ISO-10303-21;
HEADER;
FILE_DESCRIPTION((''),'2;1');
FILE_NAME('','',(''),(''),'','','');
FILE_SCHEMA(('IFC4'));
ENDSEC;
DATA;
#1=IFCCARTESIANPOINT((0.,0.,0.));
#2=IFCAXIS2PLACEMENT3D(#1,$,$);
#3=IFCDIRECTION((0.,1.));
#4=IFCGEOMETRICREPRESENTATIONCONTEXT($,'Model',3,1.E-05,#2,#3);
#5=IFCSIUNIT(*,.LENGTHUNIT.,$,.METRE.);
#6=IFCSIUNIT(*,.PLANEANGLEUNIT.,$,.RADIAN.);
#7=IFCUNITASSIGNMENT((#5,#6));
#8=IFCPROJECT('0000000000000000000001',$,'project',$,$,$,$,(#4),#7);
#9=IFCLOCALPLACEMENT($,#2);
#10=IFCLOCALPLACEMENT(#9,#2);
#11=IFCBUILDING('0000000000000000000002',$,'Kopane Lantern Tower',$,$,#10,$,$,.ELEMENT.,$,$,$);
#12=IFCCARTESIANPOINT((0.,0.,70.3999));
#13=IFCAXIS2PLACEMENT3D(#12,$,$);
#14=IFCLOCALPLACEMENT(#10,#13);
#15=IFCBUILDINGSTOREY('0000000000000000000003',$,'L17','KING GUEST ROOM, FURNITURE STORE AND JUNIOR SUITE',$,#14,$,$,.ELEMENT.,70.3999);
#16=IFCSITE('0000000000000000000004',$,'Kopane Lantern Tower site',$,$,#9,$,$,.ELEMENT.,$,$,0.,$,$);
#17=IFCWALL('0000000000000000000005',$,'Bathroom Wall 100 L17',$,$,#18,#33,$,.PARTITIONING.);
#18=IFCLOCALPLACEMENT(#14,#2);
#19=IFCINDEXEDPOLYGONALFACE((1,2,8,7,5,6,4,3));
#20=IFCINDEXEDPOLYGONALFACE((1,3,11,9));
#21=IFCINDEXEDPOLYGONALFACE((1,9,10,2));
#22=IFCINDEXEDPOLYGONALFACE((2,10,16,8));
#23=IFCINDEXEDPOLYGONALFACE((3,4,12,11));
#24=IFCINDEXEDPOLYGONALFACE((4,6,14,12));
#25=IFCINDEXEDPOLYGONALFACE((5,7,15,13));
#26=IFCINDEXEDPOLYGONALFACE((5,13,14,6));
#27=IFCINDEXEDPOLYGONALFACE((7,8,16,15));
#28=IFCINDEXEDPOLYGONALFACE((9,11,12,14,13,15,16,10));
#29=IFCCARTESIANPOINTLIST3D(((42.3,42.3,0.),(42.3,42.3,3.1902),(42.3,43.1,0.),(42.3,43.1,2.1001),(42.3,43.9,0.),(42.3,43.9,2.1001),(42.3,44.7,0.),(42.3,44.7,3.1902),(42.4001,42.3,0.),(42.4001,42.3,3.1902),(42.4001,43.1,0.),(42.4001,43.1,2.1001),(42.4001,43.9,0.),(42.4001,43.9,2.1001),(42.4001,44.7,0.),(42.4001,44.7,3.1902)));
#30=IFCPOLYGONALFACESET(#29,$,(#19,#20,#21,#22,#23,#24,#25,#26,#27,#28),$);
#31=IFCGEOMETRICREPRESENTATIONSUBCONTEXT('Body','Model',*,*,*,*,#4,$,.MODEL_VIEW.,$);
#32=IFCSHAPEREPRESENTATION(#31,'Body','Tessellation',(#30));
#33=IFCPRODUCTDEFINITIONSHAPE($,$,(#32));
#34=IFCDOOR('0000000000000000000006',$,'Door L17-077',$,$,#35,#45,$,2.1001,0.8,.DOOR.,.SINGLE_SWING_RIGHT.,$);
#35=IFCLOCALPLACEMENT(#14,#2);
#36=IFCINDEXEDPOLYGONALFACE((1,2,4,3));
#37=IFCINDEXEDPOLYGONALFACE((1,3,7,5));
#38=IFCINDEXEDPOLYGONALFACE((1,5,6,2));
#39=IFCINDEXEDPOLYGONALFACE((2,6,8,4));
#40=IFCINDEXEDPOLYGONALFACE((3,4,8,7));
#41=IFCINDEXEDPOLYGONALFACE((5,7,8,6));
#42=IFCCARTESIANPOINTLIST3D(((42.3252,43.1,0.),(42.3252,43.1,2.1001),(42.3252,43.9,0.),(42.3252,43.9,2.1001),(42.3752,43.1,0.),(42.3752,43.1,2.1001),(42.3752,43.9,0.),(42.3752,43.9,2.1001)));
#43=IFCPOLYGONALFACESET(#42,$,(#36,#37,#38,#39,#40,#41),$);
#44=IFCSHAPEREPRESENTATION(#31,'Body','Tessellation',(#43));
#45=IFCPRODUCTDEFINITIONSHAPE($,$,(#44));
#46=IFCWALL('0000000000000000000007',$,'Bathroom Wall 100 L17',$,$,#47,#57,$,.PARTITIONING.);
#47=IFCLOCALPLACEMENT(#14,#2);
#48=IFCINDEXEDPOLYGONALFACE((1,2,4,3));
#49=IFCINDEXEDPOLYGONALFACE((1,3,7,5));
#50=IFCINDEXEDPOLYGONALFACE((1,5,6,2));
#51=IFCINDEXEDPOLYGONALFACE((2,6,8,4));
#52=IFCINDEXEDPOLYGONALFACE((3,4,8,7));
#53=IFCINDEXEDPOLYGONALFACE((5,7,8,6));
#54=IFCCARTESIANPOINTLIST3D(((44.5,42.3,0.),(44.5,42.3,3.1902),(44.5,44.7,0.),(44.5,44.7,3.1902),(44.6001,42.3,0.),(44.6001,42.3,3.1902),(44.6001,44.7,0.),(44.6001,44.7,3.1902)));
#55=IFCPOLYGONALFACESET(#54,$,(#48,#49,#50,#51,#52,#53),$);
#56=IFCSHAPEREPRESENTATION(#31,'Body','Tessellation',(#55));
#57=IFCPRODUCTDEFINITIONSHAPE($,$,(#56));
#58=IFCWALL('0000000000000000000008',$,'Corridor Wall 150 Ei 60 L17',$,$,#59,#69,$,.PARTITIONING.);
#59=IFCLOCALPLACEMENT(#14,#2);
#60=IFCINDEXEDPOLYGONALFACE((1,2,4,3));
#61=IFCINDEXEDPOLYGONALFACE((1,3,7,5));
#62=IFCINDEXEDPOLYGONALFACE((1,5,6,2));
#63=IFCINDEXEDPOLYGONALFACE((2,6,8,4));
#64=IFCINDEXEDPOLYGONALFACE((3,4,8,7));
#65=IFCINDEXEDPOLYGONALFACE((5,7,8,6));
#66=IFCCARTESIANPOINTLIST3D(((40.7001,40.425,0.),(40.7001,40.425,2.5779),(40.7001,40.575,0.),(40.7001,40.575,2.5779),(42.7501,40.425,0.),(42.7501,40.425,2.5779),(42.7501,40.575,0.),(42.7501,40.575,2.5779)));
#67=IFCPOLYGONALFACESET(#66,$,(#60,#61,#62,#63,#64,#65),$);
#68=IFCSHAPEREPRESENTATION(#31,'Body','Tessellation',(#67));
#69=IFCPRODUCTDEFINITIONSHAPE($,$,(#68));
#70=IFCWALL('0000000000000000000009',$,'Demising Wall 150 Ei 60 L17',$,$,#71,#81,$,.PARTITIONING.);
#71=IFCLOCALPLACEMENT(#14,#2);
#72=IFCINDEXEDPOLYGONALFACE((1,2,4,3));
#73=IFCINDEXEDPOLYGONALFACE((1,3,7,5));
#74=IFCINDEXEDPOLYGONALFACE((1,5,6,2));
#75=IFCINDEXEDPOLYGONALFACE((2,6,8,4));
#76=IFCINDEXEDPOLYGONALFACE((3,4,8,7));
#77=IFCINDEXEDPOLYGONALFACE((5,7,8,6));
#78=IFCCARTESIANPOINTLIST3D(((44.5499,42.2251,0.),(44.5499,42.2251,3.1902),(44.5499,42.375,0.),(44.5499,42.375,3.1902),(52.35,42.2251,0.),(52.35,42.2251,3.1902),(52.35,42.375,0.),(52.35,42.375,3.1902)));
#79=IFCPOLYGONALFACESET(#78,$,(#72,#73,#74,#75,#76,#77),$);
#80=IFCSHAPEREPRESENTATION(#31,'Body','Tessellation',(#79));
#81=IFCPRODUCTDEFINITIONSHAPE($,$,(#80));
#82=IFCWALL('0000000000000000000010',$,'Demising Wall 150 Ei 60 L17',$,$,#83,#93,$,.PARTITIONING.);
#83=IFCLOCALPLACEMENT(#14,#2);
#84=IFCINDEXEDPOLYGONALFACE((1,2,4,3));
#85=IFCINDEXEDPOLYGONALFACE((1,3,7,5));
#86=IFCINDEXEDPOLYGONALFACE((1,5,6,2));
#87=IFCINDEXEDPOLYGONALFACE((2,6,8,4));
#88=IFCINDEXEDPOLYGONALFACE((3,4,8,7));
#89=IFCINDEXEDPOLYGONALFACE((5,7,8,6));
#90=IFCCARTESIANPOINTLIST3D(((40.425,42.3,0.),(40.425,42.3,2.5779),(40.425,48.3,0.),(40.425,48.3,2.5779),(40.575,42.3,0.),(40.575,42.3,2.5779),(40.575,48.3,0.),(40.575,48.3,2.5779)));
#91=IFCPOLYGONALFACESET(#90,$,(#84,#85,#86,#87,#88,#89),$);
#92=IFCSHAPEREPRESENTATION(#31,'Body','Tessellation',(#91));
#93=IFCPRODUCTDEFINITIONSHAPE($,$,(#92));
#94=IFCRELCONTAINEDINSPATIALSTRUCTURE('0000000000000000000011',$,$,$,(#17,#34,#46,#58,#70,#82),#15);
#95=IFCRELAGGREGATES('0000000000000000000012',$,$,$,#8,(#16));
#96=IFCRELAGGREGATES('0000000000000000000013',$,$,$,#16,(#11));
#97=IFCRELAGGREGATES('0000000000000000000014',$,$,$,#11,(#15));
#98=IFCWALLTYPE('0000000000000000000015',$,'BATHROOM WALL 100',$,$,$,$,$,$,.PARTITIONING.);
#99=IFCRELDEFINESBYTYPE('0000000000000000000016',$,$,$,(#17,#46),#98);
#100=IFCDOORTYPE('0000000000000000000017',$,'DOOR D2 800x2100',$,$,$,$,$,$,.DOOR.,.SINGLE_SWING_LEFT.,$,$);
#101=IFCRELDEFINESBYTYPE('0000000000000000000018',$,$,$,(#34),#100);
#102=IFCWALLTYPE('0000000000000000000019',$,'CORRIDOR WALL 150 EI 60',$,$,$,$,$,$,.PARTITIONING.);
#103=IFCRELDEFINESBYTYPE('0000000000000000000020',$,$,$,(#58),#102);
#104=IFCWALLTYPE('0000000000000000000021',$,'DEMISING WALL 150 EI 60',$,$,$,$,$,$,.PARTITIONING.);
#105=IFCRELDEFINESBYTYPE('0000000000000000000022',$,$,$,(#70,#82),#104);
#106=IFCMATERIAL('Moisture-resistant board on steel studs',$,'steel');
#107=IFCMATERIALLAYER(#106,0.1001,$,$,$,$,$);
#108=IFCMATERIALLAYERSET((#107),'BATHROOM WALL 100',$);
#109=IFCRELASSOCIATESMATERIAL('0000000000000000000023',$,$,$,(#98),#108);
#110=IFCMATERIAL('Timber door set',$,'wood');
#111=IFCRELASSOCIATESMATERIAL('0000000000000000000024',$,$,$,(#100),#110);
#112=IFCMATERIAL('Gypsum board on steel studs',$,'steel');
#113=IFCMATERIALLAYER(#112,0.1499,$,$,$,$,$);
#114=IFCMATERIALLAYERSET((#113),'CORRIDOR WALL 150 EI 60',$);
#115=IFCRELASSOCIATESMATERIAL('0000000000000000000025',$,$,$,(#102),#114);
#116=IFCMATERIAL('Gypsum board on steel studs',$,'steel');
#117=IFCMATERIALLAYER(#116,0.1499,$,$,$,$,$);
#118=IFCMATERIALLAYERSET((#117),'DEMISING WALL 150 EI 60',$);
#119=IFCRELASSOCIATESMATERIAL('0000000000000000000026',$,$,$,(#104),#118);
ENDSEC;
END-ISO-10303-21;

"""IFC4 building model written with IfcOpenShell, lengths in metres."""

from ifc_helpers import new_model, si_unit, direction, frame, frame_2d, origin, place, context, subcontext, project, spatial, rectangle, extrude, material, layer, layer_set, type_object, element, fill, save


model = new_model("IFC4")

# Units and contexts
model_context = context("Model", 3, precision=1e-05, world=origin(), true_north=direction((0.0, 1.0)))
body_context = subcontext(model_context, "Body", "Model", "MODEL_VIEW")
ifc_project = project(units=[si_unit("LENGTHUNIT", "METRE"), si_unit("PLANEANGLEUNIT", "RADIAN")], contexts=[model_context])

# Site, building, storey
site_placement = place(None, origin())
site = spatial("IfcSite", under=ifc_project, at=site_placement, Name="Kopane Lantern Tower site", CompositionType="ELEMENT", RefElevation=0.0)
building_placement = place(site_placement, origin())
building = spatial("IfcBuilding", under=site, at=building_placement, Name="Kopane Lantern Tower", CompositionType="ELEMENT")
storey_placement = place(building_placement, frame((0.0, 0.0, 70.3999)))
storey = spatial("IfcBuildingStorey", under=building, at=storey_placement, Name="L17", Description="KING GUEST ROOM, FURNITURE STORE AND JUNIOR SUITE", CompositionType="ELEMENT", Elevation=70.3999)

# Wall, opening, door
ifc_material_1 = material(Name="Moisture-resistant board on steel studs", Category="steel")
ifc_layer_1 = layer(ifc_material_1, 0.1001)
ifc_layer_set_1 = layer_set([ifc_layer_1], Name="BATHROOM WALL 100")
wall_type_1 = type_object("IfcWallType", Name="BATHROOM WALL 100", PredefinedType="PARTITIONING", material=ifc_layer_set_1)
wall_1_placement = place(storey_placement, frame((42.3501, 42.3, 0.0), z_axis=(0.0, 0.0, 1.0), x_axis=(0.0, 1.0, 0.0)))
wall_1 = element("IfcWall", 1, at=wall_1_placement, inside=storey, type_object=wall_type_1, Name="Bathroom Wall 100 L17", PredefinedType="PARTITIONING", context=body_context, shape_type="SweptSolid", body=[
    extrude(rectangle(XDim=2.3999, YDim=0.1001, at=frame_2d((1.2, 0.0))), origin(), (0.0, 0.0, 1.0), 3.1902),
])
opening_1_placement = place(wall_1_placement, frame((0.8, 0.0, 0.0)))
opening_1 = element("IfcOpeningElement", 2, at=opening_1_placement, cuts=wall_1, PredefinedType="OPENING", context=body_context, shape_type="SweptSolid", body=[
    extrude(rectangle(XDim=0.8, YDim=2.1001, at=frame_2d((0.3999, 1.05))), frame((0.0, 0.0601, 0.0), z_axis=(0.0, -1.0, 0.0), x_axis=(1.0, 0.0, 0.0)), (0.0, 0.0, 1.0), 0.1201),
])
ifc_material_2 = material(Name="Timber door set", Category="wood")
door_type_1 = type_object("IfcDoorType", Name="DOOR D2 800x2100", OperationType="SINGLE_SWING_LEFT", PredefinedType="DOOR", material=ifc_material_2)
door_1_placement = place(opening_1_placement, origin())
door_1 = element("IfcDoor", 3, at=door_1_placement, inside=storey, type_object=door_type_1, Name="Door L17-077", OperationType="SINGLE_SWING_RIGHT", OverallHeight=2.1001, OverallWidth=0.8, PredefinedType="DOOR", context=body_context, shape_type="SweptSolid", body=[
    extrude(rectangle(XDim=0.8, YDim=2.1001, at=frame_2d((0.3999, 1.05))), frame((0.0, 0.0249, 0.0), z_axis=(0.0, -1.0, 0.0), x_axis=(1.0, 0.0, 0.0)), (0.0, 0.0, 1.0), 0.05),
])
fill(opening_1, door_1)

# Walls
wall_2_placement = place(storey_placement, frame((44.55, 42.3, 0.0), z_axis=(0.0, 0.0, 1.0), x_axis=(0.0, 1.0, 0.0)))
element("IfcWall", 4, at=wall_2_placement, inside=storey, type_object=wall_type_1, Name="Bathroom Wall 100 L17", PredefinedType="PARTITIONING", context=body_context, shape_type="SweptSolid", body=[
    extrude(rectangle(XDim=2.3999, YDim=0.1001, at=frame_2d((1.2, 0.0))), origin(), (0.0, 0.0, 1.0), 3.1902),
])
ifc_material_3 = material(Name="Gypsum board on steel studs", Category="steel")
ifc_layer_2 = layer(ifc_material_3, 0.1499)
ifc_layer_set_2 = layer_set([ifc_layer_2], Name="CORRIDOR WALL 150 EI 60")
wall_type_2 = type_object("IfcWallType", Name="CORRIDOR WALL 150 EI 60", PredefinedType="PARTITIONING", material=ifc_layer_set_2)
wall_3_placement = place(storey_placement, frame((42.75, 40.5, 0.0), z_axis=(0.0, 0.0, 1.0), x_axis=(-1.0, 0.0, 0.0)))
element("IfcWall", 5, at=wall_3_placement, inside=storey, type_object=wall_type_2, Name="Corridor Wall 150 Ei 60 L17", PredefinedType="PARTITIONING", context=body_context, shape_type="SweptSolid", body=[
    extrude(rectangle(XDim=2.05, YDim=0.1499, at=frame_2d((1.0249, 0.0))), origin(), (0.0, 0.0, 1.0), 2.5779),
])
ifc_material_4 = material(Name="Gypsum board on steel studs", Category="steel")
ifc_layer_3 = layer(ifc_material_4, 0.1499)
ifc_layer_set_3 = layer_set([ifc_layer_3], Name="DEMISING WALL 150 EI 60")
wall_type_3 = type_object("IfcWallType", Name="DEMISING WALL 150 EI 60", PredefinedType="PARTITIONING", material=ifc_layer_set_3)
wall_4_placement = place(storey_placement, frame((44.55, 42.3, 0.0), z_axis=(0.0, 0.0, 1.0), x_axis=(1.0, 0.0, 0.0)))
element("IfcWall", 6, at=wall_4_placement, inside=storey, type_object=wall_type_3, Name="Demising Wall 150 Ei 60 L17", PredefinedType="PARTITIONING", context=body_context, shape_type="SweptSolid", body=[
    extrude(rectangle(XDim=7.8, YDim=0.1499, at=frame_2d((3.8999, 0.0))), origin(), (0.0, 0.0, 1.0), 3.1902),
])
wall_5_placement = place(storey_placement, frame((40.5, 42.3, 0.0), z_axis=(0.0, 0.0, 1.0), x_axis=(0.0, 1.0, 0.0)))
element("IfcWall", 7, at=wall_5_placement, inside=storey, type_object=wall_type_3, Name="Demising Wall 150 Ei 60 L17", PredefinedType="PARTITIONING", context=body_context, shape_type="SweptSolid", body=[
    extrude(rectangle(XDim=6.0, YDim=0.1499, at=frame_2d((3.0, 0.0))), origin(), (0.0, 0.0, 1.0), 2.5779),
])

save(model, "model.ifc")
